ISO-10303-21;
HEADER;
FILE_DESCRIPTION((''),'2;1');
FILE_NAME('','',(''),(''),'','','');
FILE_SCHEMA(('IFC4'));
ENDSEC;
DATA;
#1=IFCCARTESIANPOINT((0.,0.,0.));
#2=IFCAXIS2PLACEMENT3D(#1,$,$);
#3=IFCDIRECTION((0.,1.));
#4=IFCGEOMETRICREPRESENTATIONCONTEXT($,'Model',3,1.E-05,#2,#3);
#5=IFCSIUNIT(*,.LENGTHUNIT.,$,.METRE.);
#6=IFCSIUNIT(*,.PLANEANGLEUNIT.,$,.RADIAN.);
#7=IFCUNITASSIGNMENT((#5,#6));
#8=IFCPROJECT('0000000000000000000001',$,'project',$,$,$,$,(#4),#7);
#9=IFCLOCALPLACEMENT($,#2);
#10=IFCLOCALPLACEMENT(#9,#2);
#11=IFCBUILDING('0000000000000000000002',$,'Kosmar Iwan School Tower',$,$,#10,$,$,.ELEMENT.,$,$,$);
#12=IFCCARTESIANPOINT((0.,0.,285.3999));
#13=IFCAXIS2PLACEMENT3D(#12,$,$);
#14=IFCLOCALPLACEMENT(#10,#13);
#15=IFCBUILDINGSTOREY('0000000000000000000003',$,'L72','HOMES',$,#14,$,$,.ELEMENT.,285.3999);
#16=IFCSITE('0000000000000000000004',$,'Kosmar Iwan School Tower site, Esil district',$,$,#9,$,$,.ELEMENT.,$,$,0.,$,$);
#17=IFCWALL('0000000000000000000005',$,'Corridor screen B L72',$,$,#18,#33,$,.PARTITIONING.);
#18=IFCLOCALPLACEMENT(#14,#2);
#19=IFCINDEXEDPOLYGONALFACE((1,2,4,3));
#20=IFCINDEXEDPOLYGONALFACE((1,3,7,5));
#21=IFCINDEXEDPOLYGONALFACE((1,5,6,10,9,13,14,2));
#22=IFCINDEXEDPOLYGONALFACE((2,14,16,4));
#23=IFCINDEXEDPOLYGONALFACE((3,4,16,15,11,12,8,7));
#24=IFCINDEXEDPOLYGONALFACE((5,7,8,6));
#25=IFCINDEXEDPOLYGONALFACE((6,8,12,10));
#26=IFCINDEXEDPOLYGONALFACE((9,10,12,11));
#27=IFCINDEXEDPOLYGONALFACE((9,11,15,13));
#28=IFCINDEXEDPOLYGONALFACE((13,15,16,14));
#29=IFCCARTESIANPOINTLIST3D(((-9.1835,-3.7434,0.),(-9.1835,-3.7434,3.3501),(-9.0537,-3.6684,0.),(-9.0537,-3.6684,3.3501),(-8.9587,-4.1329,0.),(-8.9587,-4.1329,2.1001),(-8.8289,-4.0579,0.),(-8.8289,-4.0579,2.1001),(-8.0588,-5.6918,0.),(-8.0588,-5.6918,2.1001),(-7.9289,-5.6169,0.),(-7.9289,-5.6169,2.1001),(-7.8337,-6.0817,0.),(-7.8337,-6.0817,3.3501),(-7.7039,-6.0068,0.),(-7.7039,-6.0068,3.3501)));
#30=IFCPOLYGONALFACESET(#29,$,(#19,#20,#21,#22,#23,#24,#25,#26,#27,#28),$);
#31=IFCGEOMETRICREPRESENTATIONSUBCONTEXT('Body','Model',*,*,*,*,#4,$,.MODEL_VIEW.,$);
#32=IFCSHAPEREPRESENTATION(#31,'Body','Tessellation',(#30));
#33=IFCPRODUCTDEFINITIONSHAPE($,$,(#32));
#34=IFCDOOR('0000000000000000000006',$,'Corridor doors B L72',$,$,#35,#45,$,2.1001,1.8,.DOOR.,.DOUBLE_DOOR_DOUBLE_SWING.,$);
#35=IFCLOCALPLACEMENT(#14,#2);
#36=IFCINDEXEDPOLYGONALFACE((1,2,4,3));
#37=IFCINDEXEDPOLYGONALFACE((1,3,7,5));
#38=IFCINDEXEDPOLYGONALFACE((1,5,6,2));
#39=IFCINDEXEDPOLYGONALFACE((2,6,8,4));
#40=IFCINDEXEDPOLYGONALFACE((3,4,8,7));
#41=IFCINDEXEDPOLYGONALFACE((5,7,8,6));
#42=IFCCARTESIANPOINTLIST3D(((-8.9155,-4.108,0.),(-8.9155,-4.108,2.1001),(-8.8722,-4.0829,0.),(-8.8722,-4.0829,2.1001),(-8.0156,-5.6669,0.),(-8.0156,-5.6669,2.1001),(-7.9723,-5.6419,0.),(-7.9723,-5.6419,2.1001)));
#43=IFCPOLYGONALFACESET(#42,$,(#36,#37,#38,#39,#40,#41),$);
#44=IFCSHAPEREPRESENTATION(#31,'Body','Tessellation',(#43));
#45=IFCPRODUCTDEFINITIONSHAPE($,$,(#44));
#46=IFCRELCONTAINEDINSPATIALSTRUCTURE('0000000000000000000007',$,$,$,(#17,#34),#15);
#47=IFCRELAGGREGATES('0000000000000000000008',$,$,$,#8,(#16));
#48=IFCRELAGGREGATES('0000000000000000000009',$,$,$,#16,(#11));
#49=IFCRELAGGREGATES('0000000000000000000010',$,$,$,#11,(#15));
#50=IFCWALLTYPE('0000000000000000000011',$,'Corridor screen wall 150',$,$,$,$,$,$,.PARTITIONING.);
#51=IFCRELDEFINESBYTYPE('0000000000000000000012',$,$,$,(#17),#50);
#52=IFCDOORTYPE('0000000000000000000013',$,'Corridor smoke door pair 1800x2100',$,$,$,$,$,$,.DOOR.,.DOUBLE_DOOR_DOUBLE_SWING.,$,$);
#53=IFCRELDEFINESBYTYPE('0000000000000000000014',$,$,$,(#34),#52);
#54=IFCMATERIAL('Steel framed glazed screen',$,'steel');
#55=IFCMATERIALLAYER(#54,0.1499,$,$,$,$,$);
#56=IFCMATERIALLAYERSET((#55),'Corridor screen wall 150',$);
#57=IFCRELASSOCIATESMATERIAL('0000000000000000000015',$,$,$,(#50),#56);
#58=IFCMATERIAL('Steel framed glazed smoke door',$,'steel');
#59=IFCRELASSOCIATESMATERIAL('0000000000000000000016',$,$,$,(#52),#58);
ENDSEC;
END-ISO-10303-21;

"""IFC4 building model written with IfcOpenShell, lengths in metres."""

from ifc_helpers import new_model, si_unit, direction, frame, frame_2d, origin, place, context, subcontext, project, spatial, rectangle, extrude, material, layer, layer_set, type_object, element, fill, save


model = new_model("IFC4")

# Units and contexts
model_context = context("Model", 3, precision=1e-05, world=origin(), true_north=direction((0.0, 1.0)))
body_context = subcontext(model_context, "Body", "Model", "MODEL_VIEW")
ifc_project = project(units=[si_unit("LENGTHUNIT", "METRE"), si_unit("PLANEANGLEUNIT", "RADIAN")], contexts=[model_context])

# Site, building, storey
site_placement = place(None, origin())
site = spatial("IfcSite", under=ifc_project, at=site_placement, Name="Kosmar Iwan School Tower site, Esil district", CompositionType="ELEMENT", RefElevation=0.0)
building_placement = place(site_placement, origin())
building = spatial("IfcBuilding", under=site, at=building_placement, Name="Kosmar Iwan School Tower", CompositionType="ELEMENT")
storey_placement = place(building_placement, frame((0.0, 0.0, 285.3999)))
storey = spatial("IfcBuildingStorey", under=building, at=storey_placement, Name="L72", Description="HOMES", CompositionType="ELEMENT", Elevation=285.3999)

# Wall, opening, door
ifc_material_1 = material(Name="Steel framed glazed screen", Category="steel")
ifc_layer_1 = layer(ifc_material_1, 0.1499)
ifc_layer_set_1 = layer_set([ifc_layer_1], Name="Corridor screen wall 150")
wall_type_1 = type_object("IfcWallType", Name="Corridor screen wall 150", PredefinedType="PARTITIONING", material=ifc_layer_set_1)
wall_1_placement = place(storey_placement, frame((-9.1187, -3.7058, 0.0), z_axis=(0.0, 0.0, 1.0), x_axis=(0.499942, -0.866059, 0.0)))
wall_1 = element("IfcWall", 1, at=wall_1_placement, inside=storey, type_object=wall_type_1, Name="Corridor screen B L72", PredefinedType="PARTITIONING", context=body_context, shape_type="SweptSolid", body=[
    extrude(rectangle(XDim=2.7, YDim=0.1499, at=frame_2d((1.3501, 0.0))), origin(), (0.0, 0.0, 1.0), 3.3501),
])
opening_1_placement = place(wall_1_placement, frame((0.45, 0.0, 0.0)))
opening_1 = element("IfcOpeningElement", 2, at=opening_1_placement, cuts=wall_1, PredefinedType="OPENING", context=body_context, shape_type="SweptSolid", body=[
    extrude(rectangle(XDim=1.8, YDim=2.1001, at=frame_2d((0.8999, 1.05))), frame((0.0, 0.0869, 0.0), z_axis=(0.0, -1.0, 0.0), x_axis=(1.0, 0.0, 0.0)), (0.0, 0.0, 1.0), 0.1738),
])
ifc_material_2 = material(Name="Steel framed glazed smoke door", Category="steel")
door_type_1 = type_object("IfcDoorType", Name="Corridor smoke door pair 1800x2100", OperationType="DOUBLE_DOOR_DOUBLE_SWING", PredefinedType="DOOR", material=ifc_material_2)
door_1_placement = place(opening_1_placement, origin())
door_1 = element("IfcDoor", 3, at=door_1_placement, inside=storey, type_object=door_type_1, Name="Corridor doors B L72", OperationType="DOUBLE_DOOR_DOUBLE_SWING", OverallHeight=2.1001, OverallWidth=1.8, PredefinedType="DOOR", context=body_context, shape_type="SweptSolid", body=[
    extrude(rectangle(XDim=1.8, YDim=2.1001, at=frame_2d((0.8999, 1.05))), frame((0.0, 0.0249, 0.0), z_axis=(0.0, -1.0, 0.0), x_axis=(1.0, 0.0, 0.0)), (0.0, 0.0, 1.0), 0.05),
])
fill(opening_1, door_1)

save(model, "model.ifc")
